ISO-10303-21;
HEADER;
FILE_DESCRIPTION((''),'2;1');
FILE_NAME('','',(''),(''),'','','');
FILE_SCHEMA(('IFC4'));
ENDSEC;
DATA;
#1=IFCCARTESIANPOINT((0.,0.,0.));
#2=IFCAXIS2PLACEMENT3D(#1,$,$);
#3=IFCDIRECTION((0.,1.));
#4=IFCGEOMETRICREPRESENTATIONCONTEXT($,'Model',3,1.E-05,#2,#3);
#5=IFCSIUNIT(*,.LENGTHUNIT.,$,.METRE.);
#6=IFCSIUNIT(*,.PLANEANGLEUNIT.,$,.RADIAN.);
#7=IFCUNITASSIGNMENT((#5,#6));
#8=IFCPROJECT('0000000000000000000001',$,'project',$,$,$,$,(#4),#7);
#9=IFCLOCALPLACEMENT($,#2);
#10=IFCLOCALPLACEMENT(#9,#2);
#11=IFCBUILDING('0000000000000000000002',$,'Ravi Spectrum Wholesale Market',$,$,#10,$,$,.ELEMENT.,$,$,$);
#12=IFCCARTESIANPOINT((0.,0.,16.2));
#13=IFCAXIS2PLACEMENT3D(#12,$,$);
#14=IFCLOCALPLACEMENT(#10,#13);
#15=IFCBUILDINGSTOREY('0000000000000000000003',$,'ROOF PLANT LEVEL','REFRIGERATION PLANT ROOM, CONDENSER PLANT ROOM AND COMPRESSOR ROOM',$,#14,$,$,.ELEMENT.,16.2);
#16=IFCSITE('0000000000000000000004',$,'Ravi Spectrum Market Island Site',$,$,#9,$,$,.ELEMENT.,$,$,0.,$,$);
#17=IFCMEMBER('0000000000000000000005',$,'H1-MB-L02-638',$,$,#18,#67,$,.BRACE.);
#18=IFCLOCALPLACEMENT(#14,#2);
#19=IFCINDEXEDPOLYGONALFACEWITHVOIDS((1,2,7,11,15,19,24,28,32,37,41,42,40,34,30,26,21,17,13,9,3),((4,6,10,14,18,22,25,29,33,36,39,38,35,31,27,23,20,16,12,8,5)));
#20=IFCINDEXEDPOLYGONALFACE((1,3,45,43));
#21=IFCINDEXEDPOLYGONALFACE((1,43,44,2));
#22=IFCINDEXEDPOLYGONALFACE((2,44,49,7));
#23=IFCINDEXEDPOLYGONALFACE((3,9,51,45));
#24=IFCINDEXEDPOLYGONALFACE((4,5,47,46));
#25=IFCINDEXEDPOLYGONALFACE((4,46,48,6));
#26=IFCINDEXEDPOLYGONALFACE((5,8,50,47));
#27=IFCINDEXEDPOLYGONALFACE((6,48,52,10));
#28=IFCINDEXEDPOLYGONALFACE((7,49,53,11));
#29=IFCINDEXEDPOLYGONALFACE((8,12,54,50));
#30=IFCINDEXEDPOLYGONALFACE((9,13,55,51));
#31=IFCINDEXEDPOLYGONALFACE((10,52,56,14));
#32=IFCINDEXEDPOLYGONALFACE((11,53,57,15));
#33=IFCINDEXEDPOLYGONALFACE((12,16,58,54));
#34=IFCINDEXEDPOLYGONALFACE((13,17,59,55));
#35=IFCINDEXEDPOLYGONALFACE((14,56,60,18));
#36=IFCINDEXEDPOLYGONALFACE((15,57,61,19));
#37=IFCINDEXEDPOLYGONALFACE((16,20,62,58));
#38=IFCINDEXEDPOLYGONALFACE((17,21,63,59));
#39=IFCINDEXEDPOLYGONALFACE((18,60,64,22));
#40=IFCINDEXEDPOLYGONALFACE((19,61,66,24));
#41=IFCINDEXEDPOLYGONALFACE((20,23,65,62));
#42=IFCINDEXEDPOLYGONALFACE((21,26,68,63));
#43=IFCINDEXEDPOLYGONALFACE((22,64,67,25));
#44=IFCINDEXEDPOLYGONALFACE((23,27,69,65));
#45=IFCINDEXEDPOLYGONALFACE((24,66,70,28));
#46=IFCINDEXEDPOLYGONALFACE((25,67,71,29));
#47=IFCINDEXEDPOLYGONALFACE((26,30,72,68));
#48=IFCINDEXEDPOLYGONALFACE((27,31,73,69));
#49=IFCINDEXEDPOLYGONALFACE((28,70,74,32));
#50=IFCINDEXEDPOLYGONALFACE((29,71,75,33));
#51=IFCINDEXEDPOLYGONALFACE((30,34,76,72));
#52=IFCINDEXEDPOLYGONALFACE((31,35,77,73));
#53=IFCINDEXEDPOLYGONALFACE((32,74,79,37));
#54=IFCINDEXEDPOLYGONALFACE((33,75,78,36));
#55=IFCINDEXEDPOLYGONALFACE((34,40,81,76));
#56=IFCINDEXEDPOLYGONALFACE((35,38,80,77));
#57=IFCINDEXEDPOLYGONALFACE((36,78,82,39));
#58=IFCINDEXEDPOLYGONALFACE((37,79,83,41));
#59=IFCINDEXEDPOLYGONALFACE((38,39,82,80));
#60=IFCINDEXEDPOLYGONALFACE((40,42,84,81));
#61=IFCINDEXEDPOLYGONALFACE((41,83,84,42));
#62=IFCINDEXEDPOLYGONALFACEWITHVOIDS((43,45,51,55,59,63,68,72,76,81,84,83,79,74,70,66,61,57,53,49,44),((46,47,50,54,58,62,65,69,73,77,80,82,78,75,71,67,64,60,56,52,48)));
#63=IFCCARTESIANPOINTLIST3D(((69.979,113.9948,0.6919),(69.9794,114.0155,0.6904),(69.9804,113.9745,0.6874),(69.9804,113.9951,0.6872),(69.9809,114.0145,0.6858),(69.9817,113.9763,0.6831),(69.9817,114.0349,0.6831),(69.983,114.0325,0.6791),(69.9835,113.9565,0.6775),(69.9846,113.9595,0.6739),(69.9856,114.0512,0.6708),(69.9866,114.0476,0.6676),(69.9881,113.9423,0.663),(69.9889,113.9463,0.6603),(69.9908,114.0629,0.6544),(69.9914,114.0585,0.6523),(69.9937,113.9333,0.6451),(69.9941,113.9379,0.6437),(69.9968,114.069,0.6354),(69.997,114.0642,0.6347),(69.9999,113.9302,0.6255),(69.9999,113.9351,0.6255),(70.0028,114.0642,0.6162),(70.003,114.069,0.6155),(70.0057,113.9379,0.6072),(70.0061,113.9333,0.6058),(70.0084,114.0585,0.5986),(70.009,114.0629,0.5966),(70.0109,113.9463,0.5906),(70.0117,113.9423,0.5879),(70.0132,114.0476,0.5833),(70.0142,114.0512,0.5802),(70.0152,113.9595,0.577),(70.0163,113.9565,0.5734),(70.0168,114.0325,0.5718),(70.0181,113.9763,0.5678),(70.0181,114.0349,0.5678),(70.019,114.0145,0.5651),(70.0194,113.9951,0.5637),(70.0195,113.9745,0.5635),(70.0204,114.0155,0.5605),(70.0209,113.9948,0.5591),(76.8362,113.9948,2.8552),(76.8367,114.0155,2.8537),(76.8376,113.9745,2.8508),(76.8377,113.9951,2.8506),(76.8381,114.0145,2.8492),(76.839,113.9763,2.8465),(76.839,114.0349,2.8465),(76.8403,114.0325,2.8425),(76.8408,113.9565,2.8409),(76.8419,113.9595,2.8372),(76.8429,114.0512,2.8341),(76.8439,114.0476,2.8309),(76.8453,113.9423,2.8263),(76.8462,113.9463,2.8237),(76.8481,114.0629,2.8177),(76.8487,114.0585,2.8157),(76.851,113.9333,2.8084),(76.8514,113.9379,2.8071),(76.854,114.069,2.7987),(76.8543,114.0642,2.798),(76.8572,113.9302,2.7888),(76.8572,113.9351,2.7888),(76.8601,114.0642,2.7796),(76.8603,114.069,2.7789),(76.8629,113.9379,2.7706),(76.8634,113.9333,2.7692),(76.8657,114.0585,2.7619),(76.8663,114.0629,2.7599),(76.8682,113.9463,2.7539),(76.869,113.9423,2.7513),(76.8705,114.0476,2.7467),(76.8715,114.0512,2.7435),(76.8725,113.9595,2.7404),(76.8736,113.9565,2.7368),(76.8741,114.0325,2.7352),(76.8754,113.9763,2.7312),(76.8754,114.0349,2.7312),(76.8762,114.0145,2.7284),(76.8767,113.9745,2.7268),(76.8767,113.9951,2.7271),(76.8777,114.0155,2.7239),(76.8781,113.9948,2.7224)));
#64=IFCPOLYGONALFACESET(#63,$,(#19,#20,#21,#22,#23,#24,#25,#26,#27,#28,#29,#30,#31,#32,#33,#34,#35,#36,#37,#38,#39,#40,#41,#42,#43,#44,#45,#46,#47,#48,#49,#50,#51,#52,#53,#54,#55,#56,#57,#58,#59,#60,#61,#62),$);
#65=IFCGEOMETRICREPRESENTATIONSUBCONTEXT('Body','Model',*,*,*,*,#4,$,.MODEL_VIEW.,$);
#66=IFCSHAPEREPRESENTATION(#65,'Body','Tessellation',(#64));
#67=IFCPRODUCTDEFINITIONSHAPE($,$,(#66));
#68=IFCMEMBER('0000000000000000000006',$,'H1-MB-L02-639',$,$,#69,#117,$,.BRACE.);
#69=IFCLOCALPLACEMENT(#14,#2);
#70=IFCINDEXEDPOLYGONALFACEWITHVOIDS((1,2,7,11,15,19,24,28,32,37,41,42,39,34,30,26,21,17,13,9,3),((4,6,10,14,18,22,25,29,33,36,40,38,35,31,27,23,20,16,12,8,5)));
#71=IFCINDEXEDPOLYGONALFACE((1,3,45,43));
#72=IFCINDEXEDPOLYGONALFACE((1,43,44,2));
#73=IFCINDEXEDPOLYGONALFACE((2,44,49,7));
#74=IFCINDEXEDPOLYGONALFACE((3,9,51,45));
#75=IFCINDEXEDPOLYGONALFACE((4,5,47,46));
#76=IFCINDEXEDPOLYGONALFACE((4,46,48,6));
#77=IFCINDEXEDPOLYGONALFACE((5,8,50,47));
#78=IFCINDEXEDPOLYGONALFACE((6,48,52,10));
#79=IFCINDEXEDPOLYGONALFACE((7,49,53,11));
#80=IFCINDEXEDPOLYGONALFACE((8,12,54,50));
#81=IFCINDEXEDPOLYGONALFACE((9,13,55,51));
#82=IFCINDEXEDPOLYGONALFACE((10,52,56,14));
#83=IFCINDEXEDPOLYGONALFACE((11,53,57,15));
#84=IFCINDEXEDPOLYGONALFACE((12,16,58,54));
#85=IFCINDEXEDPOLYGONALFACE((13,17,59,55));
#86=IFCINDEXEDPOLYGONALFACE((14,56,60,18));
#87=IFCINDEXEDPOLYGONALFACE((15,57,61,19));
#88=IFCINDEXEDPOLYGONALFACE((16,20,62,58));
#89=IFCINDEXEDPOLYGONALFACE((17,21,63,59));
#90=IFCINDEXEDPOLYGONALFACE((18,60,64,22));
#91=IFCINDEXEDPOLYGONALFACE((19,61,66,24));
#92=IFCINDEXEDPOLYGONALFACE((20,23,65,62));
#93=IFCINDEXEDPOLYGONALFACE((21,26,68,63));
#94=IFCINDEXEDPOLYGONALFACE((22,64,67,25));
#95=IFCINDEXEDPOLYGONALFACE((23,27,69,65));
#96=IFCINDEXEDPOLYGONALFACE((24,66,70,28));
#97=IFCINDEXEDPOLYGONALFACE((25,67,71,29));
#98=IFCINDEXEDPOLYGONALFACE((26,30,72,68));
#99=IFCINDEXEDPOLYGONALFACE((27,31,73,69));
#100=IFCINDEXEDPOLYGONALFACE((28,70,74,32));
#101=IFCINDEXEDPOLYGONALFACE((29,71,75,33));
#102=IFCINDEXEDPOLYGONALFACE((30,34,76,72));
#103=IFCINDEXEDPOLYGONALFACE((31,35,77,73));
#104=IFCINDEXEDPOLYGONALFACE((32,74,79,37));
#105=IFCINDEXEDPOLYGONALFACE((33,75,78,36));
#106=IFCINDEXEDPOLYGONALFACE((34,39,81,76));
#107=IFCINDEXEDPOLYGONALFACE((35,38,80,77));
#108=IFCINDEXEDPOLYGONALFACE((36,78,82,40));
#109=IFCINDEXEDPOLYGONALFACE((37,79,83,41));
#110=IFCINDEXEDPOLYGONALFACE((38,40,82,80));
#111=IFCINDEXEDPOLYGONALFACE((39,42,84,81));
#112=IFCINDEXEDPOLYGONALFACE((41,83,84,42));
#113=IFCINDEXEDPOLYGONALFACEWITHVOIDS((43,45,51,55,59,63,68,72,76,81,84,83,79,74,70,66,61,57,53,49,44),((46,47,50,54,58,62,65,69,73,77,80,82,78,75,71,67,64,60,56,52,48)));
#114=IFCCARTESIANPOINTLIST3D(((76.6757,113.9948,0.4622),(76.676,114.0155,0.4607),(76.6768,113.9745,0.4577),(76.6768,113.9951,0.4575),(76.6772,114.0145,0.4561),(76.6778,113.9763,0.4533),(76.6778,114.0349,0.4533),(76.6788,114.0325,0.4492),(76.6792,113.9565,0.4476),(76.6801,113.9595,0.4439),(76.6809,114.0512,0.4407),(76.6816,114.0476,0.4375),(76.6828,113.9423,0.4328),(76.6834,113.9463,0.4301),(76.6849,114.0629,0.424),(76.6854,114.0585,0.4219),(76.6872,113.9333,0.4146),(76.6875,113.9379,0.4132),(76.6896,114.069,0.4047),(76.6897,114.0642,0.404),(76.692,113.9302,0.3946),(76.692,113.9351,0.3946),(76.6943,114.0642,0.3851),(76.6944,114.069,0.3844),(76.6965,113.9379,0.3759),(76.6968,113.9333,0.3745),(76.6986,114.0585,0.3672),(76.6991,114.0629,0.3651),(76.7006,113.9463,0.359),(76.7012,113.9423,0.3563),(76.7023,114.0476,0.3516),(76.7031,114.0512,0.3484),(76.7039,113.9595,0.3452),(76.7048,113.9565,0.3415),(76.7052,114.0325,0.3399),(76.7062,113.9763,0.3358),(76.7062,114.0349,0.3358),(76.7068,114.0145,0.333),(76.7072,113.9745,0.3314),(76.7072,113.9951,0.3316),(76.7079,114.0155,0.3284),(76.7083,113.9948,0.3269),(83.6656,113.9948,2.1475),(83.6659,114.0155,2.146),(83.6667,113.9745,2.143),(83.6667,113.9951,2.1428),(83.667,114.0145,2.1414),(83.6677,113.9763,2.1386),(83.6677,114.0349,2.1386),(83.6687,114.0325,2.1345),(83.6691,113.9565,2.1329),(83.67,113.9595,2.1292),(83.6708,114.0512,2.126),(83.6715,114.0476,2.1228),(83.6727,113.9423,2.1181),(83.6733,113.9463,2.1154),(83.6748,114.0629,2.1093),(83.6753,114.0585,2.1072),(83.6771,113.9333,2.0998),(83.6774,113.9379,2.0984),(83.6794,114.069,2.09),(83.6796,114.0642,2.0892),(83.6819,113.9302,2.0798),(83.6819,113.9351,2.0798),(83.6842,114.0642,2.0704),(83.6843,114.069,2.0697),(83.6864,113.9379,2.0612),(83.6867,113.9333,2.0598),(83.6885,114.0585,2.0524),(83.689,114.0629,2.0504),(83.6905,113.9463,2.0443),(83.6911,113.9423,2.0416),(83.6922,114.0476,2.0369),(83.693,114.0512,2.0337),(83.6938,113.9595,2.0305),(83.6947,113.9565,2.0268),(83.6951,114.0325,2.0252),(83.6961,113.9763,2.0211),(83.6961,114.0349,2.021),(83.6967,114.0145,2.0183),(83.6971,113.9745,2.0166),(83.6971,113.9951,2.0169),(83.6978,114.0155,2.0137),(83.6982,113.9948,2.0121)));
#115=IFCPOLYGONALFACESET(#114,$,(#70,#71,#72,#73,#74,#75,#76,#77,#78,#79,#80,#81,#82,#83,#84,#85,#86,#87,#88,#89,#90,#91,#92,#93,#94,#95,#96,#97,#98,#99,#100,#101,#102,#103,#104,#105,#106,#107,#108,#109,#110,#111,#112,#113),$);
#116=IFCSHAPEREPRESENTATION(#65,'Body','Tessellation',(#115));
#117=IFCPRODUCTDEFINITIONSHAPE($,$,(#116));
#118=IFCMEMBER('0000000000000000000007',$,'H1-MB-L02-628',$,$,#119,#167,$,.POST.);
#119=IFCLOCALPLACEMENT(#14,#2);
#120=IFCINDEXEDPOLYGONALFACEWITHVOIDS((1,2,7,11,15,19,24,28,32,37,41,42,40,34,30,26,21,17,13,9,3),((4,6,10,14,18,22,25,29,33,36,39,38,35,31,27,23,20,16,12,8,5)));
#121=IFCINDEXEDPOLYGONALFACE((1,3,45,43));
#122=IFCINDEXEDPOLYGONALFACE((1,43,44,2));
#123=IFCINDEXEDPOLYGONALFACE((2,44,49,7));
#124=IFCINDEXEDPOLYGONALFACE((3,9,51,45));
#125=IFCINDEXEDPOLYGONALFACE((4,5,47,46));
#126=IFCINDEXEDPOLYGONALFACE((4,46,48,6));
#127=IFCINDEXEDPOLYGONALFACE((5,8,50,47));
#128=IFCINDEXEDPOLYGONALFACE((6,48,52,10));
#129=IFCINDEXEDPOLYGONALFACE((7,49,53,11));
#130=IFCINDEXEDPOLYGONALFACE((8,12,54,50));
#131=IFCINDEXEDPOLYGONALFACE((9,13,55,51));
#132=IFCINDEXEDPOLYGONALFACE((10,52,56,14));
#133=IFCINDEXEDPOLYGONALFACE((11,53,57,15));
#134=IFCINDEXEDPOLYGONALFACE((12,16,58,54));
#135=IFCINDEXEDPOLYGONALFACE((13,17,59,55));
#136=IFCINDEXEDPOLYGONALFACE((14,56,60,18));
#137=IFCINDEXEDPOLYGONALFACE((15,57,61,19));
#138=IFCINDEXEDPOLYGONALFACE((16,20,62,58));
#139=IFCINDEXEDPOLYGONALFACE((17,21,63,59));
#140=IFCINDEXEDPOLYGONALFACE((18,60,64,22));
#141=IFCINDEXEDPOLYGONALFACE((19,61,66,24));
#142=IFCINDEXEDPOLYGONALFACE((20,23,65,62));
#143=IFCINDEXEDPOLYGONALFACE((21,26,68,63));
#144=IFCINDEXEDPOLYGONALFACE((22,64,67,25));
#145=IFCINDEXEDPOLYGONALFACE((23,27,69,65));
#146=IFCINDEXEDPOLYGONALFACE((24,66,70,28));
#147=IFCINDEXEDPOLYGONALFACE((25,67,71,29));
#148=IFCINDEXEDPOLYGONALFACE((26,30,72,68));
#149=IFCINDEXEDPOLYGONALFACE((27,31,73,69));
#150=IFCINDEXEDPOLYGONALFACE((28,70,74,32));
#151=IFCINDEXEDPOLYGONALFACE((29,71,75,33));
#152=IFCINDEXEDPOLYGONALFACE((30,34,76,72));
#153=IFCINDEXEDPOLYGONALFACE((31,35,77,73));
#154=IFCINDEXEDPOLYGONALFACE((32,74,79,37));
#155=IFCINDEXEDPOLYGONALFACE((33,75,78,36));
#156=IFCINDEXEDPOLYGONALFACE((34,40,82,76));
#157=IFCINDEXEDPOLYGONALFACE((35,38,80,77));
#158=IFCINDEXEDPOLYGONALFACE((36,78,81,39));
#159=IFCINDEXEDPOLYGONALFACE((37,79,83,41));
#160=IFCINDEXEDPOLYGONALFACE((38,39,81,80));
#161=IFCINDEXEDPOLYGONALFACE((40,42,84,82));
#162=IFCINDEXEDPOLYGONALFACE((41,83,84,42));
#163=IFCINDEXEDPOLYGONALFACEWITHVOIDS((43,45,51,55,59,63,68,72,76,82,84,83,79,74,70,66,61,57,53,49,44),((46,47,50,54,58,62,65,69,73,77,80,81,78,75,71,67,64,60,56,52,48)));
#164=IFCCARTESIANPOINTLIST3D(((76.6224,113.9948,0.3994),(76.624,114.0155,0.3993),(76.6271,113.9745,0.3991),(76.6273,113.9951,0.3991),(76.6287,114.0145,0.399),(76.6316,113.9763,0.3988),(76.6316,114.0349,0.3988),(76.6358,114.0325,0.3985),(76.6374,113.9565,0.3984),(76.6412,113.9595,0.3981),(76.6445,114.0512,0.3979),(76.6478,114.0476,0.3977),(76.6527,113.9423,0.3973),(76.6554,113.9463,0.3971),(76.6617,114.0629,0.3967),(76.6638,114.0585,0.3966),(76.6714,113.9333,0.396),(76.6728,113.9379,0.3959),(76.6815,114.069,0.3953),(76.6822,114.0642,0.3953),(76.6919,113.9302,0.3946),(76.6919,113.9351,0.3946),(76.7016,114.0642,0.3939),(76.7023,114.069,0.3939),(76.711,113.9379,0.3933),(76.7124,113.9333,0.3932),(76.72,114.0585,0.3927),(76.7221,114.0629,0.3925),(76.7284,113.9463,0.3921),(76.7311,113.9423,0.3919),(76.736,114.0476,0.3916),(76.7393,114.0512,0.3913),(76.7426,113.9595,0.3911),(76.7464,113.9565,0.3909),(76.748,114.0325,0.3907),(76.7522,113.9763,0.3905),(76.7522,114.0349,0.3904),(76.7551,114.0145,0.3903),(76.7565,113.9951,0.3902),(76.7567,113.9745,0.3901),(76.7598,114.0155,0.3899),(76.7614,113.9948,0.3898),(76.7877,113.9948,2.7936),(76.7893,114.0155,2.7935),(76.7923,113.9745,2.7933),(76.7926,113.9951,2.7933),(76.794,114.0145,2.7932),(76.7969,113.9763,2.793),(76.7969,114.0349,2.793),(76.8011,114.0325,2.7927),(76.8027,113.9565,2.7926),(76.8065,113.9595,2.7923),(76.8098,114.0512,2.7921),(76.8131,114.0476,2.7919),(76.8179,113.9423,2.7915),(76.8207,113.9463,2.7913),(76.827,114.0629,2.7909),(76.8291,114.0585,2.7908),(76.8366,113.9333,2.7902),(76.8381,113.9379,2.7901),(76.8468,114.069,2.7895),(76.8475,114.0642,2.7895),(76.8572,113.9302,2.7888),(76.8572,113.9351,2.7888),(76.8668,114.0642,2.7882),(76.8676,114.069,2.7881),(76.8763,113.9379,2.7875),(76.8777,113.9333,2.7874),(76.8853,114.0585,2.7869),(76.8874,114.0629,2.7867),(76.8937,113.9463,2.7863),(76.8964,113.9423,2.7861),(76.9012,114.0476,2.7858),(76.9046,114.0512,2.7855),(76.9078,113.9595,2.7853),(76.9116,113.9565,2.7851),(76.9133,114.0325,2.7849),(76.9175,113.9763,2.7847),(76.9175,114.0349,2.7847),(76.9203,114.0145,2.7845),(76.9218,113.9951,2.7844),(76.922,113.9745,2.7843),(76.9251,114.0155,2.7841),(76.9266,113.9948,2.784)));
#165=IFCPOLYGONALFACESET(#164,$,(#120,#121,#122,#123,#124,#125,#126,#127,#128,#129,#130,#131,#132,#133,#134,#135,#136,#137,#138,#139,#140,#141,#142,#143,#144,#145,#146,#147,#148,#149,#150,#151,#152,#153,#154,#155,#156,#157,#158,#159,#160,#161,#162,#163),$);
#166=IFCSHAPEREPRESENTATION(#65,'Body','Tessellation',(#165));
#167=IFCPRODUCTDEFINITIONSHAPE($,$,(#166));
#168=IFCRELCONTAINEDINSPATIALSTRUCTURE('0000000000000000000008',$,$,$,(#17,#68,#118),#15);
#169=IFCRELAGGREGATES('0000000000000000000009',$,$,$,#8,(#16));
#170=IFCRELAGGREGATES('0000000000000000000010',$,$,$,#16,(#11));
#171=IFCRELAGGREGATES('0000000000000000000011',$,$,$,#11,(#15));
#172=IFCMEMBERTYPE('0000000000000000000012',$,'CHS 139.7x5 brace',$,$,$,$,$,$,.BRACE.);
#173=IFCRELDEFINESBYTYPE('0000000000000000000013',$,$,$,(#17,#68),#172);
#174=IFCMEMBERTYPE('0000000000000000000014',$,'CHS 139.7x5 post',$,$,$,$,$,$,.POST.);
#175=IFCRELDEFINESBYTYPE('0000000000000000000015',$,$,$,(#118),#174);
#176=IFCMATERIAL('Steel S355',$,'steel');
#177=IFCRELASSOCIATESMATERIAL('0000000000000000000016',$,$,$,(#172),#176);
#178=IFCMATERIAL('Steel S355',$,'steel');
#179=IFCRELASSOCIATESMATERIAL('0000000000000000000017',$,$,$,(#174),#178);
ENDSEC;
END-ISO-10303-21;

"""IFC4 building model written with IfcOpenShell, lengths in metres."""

from ifc_helpers import new_model, si_unit, direction, frame, origin, origin_2d, place, context, subcontext, project, spatial, hollow_circle, extrude, material, material_profile, profile_set, type_object, element, save


model = new_model("IFC4")

# Units and contexts
model_context = context("Model", 3, precision=1e-05, world=origin(), true_north=direction((0.0, 1.0)))
body_context = subcontext(model_context, "Body", "Model", "MODEL_VIEW")
ifc_project = project(units=[si_unit("LENGTHUNIT", "METRE"), si_unit("PLANEANGLEUNIT", "RADIAN")], contexts=[model_context])

# Site, building, storey
site_placement = place(None, origin())
site = spatial("IfcSite", under=ifc_project, at=site_placement, Name="Ravi Spectrum Market Island Site", CompositionType="ELEMENT", RefElevation=0.0)
building_placement = place(site_placement, origin())
building = spatial("IfcBuilding", under=site, at=building_placement, Name="Ravi Spectrum Wholesale Market", CompositionType="ELEMENT")
storey_placement = place(building_placement, frame((0.0, 0.0, 16.2)))
storey = spatial("IfcBuildingStorey", under=building, at=storey_placement, Name="ROOF PLANT LEVEL", Description="REFRIGERATION PLANT ROOM, CONDENSER PLANT ROOM AND COMPRESSOR ROOM", CompositionType="ELEMENT", Elevation=16.2)

# Members
ifc_material_1 = material(Name="Steel S355", Category="steel")
ifc_material_profile_1 = material_profile(ifc_material_1, hollow_circle(Radius=0.0698, WallThickness=0.0049, at=origin_2d()))
ifc_profile_set_1 = profile_set([ifc_material_profile_1], Name="Steel S355")
member_type_1 = type_object("IfcMemberType", Name="CHS 139.7x5 brace", PredefinedType="BRACE", material=ifc_profile_set_1)
member_1_placement = place(storey_placement, frame((76.8572, 114.0, 2.7888), z_axis=(-0.953666, 0.0, -0.300866), x_axis=(0.0, -1.0, 0.0)))
element("IfcMember", 1, at=member_1_placement, inside=storey, type_object=member_type_1, Name="H1-MB-L02-638", PredefinedType="BRACE", context=body_context, shape_type="SweptSolid", body=[
    extrude(hollow_circle(Radius=0.0698, WallThickness=0.0049, at=origin_2d()), origin(), (0.0, 0.0, 1.0), 7.1904),
])
member_2_placement = place(storey_placement, frame((83.6819, 114.0, 2.0798), z_axis=(-0.972144, 0.0, -0.234386), x_axis=(0.0, -1.0, 0.0)))
element("IfcMember", 2, at=member_2_placement, inside=storey, type_object=member_type_1, Name="H1-MB-L02-639", PredefinedType="BRACE", context=body_context, shape_type="SweptSolid", body=[
    extrude(hollow_circle(Radius=0.0698, WallThickness=0.0049, at=origin_2d()), origin(), (0.0, 0.0, 1.0), 7.1902),
])
ifc_material_2 = material(Name="Steel S355", Category="steel")
ifc_material_profile_2 = material_profile(ifc_material_2, hollow_circle(Radius=0.0698, WallThickness=0.0049, at=origin_2d()))
ifc_profile_set_2 = profile_set([ifc_material_profile_2], Name="Steel S355")
member_type_2 = type_object("IfcMemberType", Name="CHS 139.7x5 post", PredefinedType="POST", material=ifc_profile_set_2)
member_3_placement = place(storey_placement, frame((76.8572, 114.0, 2.7888), z_axis=(-0.068868, 0.0, -0.997626), x_axis=(0.0, -1.0, 0.0)))
element("IfcMember", 3, at=member_3_placement, inside=storey, type_object=member_type_2, Name="H1-MB-L02-628", PredefinedType="POST", context=body_context, shape_type="SweptSolid", body=[
    extrude(hollow_circle(Radius=0.0698, WallThickness=0.0049, at=origin_2d()), origin(), (0.0, 0.0, 1.0), 2.3999),
])

save(model, "model.ifc")
